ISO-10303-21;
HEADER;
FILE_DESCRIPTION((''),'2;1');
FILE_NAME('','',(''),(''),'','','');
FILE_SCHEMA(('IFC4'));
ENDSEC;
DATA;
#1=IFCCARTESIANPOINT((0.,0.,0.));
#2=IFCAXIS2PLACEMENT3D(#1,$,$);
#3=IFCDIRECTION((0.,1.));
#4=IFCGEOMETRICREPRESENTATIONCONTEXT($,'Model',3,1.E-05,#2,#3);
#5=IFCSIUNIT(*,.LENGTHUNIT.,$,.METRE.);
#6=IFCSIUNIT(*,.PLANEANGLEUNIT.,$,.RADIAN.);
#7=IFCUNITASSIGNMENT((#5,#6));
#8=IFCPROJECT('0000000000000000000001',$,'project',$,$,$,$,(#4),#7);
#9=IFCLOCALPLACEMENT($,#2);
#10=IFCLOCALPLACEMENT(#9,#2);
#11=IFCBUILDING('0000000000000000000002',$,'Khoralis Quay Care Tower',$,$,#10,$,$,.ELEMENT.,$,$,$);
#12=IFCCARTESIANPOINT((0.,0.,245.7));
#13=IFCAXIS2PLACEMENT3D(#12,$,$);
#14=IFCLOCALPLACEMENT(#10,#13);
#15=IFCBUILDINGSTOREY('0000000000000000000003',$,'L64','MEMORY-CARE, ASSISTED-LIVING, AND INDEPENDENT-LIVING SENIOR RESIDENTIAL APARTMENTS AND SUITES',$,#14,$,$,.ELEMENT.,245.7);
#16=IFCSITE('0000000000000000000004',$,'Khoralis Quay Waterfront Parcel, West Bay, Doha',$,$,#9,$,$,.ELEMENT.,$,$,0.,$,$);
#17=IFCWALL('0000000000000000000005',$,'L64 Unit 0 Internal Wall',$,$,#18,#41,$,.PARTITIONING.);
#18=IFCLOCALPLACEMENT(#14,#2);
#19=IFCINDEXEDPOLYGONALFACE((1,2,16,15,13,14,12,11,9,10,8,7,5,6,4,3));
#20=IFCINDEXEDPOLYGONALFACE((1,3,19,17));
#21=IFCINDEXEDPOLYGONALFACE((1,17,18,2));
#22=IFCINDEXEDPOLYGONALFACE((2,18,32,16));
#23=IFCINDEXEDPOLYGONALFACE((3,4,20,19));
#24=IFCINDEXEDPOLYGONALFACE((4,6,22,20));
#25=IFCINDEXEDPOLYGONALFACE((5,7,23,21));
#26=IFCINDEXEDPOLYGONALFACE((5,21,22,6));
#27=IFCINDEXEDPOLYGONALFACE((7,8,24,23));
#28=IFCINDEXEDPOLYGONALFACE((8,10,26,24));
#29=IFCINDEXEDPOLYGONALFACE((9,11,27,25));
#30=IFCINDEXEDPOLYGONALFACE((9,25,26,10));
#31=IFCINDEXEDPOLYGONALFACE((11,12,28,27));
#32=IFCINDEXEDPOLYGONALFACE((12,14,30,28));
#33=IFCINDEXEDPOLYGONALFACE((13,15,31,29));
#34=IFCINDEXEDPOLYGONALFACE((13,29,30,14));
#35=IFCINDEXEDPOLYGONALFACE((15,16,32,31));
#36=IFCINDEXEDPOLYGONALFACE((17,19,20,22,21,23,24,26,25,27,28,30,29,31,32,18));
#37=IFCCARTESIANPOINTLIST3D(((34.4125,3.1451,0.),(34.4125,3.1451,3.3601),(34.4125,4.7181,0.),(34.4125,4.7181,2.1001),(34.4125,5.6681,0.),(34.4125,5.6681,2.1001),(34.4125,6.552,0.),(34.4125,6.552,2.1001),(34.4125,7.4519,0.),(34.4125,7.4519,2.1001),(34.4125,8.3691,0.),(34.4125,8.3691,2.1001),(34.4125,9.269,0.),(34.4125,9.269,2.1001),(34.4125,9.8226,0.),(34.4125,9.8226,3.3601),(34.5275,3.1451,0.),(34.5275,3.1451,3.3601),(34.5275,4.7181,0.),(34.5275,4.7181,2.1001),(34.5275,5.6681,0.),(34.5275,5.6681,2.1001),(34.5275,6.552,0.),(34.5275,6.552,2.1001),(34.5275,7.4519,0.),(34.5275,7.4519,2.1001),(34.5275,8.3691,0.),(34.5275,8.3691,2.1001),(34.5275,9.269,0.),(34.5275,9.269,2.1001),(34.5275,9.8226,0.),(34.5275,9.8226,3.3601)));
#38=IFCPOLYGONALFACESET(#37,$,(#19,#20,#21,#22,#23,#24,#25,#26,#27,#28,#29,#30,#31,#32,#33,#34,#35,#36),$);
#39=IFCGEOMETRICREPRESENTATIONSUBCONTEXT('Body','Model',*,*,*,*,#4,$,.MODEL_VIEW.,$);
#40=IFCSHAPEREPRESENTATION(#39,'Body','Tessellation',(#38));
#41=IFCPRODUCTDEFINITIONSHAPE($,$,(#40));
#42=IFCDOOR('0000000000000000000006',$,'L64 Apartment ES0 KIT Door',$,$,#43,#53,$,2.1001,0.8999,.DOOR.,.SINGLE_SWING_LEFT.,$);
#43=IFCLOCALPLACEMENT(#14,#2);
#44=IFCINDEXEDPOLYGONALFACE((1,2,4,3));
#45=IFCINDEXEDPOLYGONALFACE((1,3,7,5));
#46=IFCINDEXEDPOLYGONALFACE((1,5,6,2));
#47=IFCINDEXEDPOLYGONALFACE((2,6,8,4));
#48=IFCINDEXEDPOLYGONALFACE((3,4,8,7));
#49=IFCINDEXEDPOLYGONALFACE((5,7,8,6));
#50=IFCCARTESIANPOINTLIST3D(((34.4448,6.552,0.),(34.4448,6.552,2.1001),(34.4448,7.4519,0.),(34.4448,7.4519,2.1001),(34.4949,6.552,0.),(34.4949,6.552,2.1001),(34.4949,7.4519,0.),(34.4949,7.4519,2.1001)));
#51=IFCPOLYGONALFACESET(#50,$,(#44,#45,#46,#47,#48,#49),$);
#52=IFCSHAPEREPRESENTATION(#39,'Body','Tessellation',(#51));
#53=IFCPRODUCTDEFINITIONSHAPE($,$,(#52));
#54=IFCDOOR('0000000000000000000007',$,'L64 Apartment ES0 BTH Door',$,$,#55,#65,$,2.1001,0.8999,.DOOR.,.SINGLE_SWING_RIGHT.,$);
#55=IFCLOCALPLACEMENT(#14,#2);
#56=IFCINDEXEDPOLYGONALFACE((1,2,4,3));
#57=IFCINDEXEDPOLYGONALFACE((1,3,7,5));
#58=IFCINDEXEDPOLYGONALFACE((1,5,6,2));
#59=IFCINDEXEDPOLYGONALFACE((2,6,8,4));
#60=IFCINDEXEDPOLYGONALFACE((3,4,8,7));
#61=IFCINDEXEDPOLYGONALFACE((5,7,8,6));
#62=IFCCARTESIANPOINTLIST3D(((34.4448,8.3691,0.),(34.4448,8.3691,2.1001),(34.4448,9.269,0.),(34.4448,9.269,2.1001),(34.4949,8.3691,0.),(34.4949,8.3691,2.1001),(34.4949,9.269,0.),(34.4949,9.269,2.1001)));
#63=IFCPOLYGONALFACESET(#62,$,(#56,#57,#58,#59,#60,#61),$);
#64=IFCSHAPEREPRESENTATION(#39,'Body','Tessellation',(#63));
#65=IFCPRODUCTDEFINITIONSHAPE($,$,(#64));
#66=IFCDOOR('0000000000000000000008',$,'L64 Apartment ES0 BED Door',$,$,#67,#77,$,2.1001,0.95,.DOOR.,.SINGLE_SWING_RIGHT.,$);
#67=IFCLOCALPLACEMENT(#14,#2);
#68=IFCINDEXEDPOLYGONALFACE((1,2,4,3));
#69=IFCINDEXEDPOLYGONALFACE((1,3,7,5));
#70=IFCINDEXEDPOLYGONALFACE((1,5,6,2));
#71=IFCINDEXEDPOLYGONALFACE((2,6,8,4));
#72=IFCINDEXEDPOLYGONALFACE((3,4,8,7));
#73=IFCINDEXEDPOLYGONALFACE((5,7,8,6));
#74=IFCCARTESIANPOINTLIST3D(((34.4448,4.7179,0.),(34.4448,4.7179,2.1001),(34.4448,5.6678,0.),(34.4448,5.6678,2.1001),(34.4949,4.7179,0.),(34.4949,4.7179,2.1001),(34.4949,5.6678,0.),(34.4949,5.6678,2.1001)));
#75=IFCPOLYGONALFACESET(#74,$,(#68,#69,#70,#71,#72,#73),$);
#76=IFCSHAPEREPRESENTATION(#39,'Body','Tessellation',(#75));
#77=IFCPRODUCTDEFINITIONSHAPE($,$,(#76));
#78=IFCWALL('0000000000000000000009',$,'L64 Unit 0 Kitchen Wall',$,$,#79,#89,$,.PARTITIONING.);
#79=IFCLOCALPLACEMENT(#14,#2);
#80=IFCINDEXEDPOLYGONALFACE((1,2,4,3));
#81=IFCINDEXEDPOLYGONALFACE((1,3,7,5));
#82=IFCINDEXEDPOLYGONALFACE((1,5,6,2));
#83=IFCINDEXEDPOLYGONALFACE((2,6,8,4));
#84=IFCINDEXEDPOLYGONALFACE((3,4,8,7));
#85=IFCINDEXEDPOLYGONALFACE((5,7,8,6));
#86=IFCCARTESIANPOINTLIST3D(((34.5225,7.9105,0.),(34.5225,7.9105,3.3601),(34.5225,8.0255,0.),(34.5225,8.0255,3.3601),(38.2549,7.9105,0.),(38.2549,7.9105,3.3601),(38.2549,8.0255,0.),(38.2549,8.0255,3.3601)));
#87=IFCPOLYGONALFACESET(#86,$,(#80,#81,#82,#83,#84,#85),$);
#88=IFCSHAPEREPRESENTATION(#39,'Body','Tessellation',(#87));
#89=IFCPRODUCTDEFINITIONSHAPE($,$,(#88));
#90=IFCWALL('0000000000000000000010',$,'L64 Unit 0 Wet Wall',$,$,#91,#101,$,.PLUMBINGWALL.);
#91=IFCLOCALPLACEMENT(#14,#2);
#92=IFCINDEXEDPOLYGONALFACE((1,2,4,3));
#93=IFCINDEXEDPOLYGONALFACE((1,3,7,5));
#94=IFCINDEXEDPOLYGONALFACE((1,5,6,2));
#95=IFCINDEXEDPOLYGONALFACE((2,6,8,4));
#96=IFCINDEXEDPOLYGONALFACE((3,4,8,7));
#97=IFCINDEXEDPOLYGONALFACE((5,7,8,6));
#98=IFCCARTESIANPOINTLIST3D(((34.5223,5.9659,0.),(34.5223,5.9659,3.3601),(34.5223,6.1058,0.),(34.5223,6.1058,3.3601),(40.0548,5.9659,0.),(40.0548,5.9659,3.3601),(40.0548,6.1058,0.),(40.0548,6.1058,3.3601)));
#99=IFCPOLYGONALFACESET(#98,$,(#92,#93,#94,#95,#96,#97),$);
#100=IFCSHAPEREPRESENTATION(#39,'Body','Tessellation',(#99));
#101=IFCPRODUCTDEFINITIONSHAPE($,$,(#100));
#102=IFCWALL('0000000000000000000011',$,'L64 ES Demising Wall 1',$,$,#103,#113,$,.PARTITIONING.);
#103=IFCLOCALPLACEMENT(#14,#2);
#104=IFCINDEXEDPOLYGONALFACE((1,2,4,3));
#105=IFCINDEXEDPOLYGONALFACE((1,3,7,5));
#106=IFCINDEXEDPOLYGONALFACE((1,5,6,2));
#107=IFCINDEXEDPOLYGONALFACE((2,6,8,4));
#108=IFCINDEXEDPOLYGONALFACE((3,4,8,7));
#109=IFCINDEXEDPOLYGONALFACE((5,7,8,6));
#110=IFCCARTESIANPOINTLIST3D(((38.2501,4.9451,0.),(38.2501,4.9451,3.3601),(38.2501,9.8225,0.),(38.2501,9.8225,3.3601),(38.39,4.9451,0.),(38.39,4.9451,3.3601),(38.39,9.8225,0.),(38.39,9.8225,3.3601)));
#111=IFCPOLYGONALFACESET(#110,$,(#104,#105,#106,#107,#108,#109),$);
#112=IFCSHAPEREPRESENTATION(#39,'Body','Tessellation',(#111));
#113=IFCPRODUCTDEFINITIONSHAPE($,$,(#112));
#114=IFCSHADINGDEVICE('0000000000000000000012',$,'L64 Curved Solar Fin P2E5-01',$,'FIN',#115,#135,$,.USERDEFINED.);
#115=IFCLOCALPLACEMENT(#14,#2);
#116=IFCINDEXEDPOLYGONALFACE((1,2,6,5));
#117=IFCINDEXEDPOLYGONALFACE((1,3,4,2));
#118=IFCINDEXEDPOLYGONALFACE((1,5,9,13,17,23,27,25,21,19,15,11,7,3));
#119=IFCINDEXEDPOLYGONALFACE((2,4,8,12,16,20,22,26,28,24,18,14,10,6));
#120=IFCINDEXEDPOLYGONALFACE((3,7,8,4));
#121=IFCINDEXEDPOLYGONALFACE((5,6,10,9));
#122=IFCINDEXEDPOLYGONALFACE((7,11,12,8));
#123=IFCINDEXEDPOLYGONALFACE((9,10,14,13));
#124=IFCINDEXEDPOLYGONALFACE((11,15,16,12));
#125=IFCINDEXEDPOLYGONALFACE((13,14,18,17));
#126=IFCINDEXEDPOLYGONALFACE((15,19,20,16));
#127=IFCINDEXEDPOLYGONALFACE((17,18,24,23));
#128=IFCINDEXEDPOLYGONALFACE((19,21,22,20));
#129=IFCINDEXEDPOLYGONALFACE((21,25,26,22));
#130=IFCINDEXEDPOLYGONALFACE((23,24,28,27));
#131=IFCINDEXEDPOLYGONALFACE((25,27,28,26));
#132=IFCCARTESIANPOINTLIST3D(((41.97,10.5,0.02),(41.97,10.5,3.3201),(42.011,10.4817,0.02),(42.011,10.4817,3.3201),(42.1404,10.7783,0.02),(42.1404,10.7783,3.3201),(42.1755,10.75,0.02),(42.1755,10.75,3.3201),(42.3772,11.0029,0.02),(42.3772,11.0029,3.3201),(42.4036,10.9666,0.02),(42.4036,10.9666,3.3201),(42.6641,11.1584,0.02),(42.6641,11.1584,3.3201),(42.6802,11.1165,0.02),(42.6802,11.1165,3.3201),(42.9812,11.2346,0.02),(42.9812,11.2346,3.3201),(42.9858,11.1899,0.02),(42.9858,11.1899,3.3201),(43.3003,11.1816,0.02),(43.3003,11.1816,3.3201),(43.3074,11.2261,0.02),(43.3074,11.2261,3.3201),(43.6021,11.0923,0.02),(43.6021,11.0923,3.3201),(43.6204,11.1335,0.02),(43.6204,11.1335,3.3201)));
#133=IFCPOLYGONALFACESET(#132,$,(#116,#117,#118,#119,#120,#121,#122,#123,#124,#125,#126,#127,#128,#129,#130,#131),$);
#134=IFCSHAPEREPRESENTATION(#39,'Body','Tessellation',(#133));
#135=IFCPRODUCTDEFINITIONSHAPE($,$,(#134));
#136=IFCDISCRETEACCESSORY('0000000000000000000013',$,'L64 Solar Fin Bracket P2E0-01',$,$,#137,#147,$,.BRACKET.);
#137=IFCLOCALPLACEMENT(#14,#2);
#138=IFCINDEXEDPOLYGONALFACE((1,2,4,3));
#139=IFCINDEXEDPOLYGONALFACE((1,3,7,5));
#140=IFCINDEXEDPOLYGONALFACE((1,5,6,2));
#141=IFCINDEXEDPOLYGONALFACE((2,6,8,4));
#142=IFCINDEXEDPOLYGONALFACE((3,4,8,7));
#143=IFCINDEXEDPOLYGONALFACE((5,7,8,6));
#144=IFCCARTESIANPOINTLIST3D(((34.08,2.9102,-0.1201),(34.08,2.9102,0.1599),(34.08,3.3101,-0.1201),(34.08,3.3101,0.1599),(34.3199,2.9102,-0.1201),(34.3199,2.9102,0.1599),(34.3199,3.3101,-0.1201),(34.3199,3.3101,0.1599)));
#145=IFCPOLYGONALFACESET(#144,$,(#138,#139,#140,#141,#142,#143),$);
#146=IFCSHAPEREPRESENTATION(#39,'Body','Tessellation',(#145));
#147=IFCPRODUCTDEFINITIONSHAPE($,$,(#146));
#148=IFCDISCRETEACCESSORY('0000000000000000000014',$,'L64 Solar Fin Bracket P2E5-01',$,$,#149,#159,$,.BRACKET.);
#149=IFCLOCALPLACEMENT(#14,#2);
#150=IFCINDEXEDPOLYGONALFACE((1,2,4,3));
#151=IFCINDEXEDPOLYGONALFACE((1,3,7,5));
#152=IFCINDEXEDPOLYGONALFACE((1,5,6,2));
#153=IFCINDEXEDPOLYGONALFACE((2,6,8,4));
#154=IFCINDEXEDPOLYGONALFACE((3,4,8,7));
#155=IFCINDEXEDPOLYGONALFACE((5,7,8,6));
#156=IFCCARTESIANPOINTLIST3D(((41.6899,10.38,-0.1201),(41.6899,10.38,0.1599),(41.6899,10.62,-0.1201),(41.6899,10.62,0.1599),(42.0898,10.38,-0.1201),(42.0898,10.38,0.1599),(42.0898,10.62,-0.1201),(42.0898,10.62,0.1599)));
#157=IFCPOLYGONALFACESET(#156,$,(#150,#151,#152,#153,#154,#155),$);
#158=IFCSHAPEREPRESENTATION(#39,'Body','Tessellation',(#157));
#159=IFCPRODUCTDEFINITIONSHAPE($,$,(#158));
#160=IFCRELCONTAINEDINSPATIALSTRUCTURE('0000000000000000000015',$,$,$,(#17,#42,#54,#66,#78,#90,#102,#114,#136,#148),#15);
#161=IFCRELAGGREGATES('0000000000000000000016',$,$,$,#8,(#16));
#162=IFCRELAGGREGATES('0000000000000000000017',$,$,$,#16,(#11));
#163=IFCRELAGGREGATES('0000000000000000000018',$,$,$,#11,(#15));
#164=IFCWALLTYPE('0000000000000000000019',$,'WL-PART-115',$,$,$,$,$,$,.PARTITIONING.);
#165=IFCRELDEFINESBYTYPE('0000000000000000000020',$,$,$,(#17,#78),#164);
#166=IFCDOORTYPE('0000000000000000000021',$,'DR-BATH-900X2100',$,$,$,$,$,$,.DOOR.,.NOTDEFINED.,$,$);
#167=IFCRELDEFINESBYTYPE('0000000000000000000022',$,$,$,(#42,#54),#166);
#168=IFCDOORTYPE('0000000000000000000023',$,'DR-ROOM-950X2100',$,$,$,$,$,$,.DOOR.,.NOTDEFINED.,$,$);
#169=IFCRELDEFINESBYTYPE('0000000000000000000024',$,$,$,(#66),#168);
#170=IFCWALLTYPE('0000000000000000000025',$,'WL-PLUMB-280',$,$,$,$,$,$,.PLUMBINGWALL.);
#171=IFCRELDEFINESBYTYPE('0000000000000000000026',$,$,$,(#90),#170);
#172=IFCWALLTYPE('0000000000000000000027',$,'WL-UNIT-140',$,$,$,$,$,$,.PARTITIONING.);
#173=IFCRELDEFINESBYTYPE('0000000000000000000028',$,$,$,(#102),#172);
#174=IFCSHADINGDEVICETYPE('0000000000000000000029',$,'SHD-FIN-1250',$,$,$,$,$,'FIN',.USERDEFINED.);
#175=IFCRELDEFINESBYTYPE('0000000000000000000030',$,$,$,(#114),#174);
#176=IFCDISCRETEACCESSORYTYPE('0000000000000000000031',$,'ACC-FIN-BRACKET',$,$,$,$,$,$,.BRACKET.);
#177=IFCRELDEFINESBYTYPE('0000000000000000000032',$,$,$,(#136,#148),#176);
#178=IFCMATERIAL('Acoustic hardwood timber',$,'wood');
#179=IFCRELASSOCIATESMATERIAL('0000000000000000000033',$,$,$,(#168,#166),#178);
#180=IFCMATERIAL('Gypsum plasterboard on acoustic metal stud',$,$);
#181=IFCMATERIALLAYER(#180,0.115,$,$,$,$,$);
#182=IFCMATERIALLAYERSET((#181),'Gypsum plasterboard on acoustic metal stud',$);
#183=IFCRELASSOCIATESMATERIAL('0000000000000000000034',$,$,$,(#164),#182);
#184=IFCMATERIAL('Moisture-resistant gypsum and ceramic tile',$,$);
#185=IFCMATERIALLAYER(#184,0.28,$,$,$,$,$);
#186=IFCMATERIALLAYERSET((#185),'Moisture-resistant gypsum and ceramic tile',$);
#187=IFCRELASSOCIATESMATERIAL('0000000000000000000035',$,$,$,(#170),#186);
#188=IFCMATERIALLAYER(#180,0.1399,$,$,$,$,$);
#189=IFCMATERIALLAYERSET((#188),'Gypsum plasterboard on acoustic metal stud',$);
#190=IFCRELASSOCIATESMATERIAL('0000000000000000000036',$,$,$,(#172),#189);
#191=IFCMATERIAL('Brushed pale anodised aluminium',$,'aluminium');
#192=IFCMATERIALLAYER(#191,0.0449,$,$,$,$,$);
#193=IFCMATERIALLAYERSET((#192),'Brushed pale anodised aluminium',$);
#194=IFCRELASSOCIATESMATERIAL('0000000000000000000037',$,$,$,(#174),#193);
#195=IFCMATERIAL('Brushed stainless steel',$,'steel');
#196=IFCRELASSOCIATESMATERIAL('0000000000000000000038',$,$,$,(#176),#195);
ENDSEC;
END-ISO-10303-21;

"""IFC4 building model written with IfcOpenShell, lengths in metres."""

from ifc_helpers import new_model, si_unit, direction, frame, frame_2d, origin, origin_2d, place, context, subcontext, project, spatial, polyline, rectangle, outline, extrude, source, transform, mapped, material, layer, layer_set, type_object, element, fill, save


model = new_model("IFC4")

# Units and contexts
model_context = context("Model", 3, precision=1e-05, world=origin(), true_north=direction((0.0, 1.0)))
body_context = subcontext(model_context, "Body", "Model", "MODEL_VIEW")
ifc_project = project(units=[si_unit("LENGTHUNIT", "METRE"), si_unit("PLANEANGLEUNIT", "RADIAN")], contexts=[model_context])

# Site, building, storey
site_placement = place(None, origin())
site = spatial("IfcSite", under=ifc_project, at=site_placement, Name="Khoralis Quay Waterfront Parcel, West Bay, Doha", CompositionType="ELEMENT", RefElevation=0.0)
building_placement = place(site_placement, origin())
building = spatial("IfcBuilding", under=site, at=building_placement, Name="Khoralis Quay Care Tower", CompositionType="ELEMENT")
storey_placement = place(building_placement, frame((0.0, 0.0, 245.7)))
storey = spatial("IfcBuildingStorey", under=building, at=storey_placement, Name="L64", Description="MEMORY-CARE, ASSISTED-LIVING, AND INDEPENDENT-LIVING SENIOR RESIDENTIAL APARTMENTS AND SUITES", CompositionType="ELEMENT", Elevation=245.7)

# Shared definitions
ifc_material_1 = material(Name="Gypsum plasterboard on acoustic metal stud")

# Shared definitions
ifc_material_2 = material(Name="Acoustic hardwood timber", Category="wood")
door_type_1 = type_object("IfcDoorType", Name="DR-ROOM-950X2100", OperationType="NOTDEFINED", PredefinedType="DOOR", material=ifc_material_2)
shared_shape_1 = source(origin(), body_context, "Body", "SweptSolid", [
    extrude(rectangle(XDim=0.95, YDim=2.1001, at=frame_2d((0.4751, 1.05))), frame((0.0, 0.0249, 0.0), z_axis=(0.0, -1.0, 0.0), x_axis=(1.0, 0.0, 0.0)), (0.0, 0.0, 1.0), 0.05),
])

# Wall, openings, doors
ifc_layer_1 = layer(ifc_material_1, 0.115)
ifc_layer_set_1 = layer_set([ifc_layer_1], Name="Gypsum plasterboard on acoustic metal stud")
wall_type_1 = type_object("IfcWallType", Name="WL-PART-115", PredefinedType="PARTITIONING", material=ifc_layer_set_1)
wall_1_placement = place(storey_placement, frame((34.47, 3.145, 0.0), z_axis=(0.0, 0.0, 1.0), x_axis=(0.0, 1.0, 0.0)))
wall_1 = element("IfcWall", 1, at=wall_1_placement, inside=storey, type_object=wall_type_1, Name="L64 Unit 0 Internal Wall", PredefinedType="PARTITIONING", context=body_context, shape_type="SweptSolid", body=[
    extrude(rectangle(XDim=6.6775, YDim=0.115, at=frame_2d((3.3389, 0.0))), origin(), (0.0, 0.0, 1.0), 3.3601),
])
opening_1_placement = place(wall_1_placement, frame((1.573, 0.0, 0.0)))
opening_1 = element("IfcOpeningElement", 2, at=opening_1_placement, cuts=wall_1, PredefinedType="OPENING", context=body_context, shape_type="SweptSolid", body=[
    extrude(rectangle(XDim=0.95, YDim=2.1001, at=frame_2d((0.4751, 1.05))), frame((0.0, 0.0674, 0.0), z_axis=(0.0, -1.0, 0.0), x_axis=(1.0, 0.0, 0.0)), (0.0, 0.0, 1.0), 0.135),
])
opening_2_placement = place(wall_1_placement, frame((3.407, 0.0, 0.0)))
opening_2 = element("IfcOpeningElement", 3, at=opening_2_placement, cuts=wall_1, PredefinedType="OPENING", context=body_context, shape_type="SweptSolid", body=[
    extrude(rectangle(XDim=0.8999, YDim=2.1001, at=frame_2d((0.45, 1.05))), frame((0.0, 0.0674, 0.0), z_axis=(0.0, -1.0, 0.0), x_axis=(1.0, 0.0, 0.0)), (0.0, 0.0, 1.0), 0.135),
])
opening_3_placement = place(wall_1_placement, frame((5.2241, 0.0, 0.0)))
opening_3 = element("IfcOpeningElement", 4, at=opening_3_placement, cuts=wall_1, PredefinedType="OPENING", context=body_context, shape_type="SweptSolid", body=[
    extrude(rectangle(XDim=0.8999, YDim=2.1001, at=frame_2d((0.45, 1.05))), frame((0.0, 0.0674, 0.0), z_axis=(0.0, -1.0, 0.0), x_axis=(1.0, 0.0, 0.0)), (0.0, 0.0, 1.0), 0.135),
])
door_type_2 = type_object("IfcDoorType", Name="DR-BATH-900X2100", OperationType="NOTDEFINED", PredefinedType="DOOR", material=ifc_material_2)
shared_shape_2 = source(origin(), body_context, "Body", "SweptSolid", [
    extrude(rectangle(XDim=0.8999, YDim=2.1001, at=frame_2d((0.45, 1.05))), frame((0.0, 0.0249, 0.0), z_axis=(0.0, -1.0, 0.0), x_axis=(1.0, 0.0, 0.0)), (0.0, 0.0, 1.0), 0.05),
])
door_1_placement = place(opening_2_placement, frame((0.8999, 0.0, 0.0), z_axis=(0.0, 0.0, 1.0), x_axis=(-1.0, 0.0, 0.0)))
door_1 = element("IfcDoor", 5, at=door_1_placement, inside=storey, type_object=door_type_2, Name="L64 Apartment ES0 KIT Door", OperationType="SINGLE_SWING_LEFT", OverallHeight=2.1001, OverallWidth=0.8999, PredefinedType="DOOR", context=body_context, shape_type="MappedRepresentation", body=[
    mapped(shared_shape_2, transform((0.0, 0.0, 0.0), scale=1.0)),
])
fill(opening_2, door_1)
door_2_placement = place(opening_3_placement, frame((0.8999, 0.0, 0.0), z_axis=(0.0, 0.0, 1.0), x_axis=(-1.0, 0.0, 0.0)))
door_2 = element("IfcDoor", 6, at=door_2_placement, inside=storey, type_object=door_type_2, Name="L64 Apartment ES0 BTH Door", OperationType="SINGLE_SWING_RIGHT", OverallHeight=2.1001, OverallWidth=0.8999, PredefinedType="DOOR", context=body_context, shape_type="MappedRepresentation", body=[
    mapped(shared_shape_2, transform((0.0, 0.0, 0.0), scale=1.0)),
])
fill(opening_3, door_2)
door_3_placement = place(opening_1_placement, frame((0.95, 0.0, 0.0), z_axis=(0.0, 0.0, 1.0), x_axis=(-1.0, 0.0, 0.0)))
door_3 = element("IfcDoor", 7, at=door_3_placement, inside=storey, type_object=door_type_1, Name="L64 Apartment ES0 BED Door", OperationType="SINGLE_SWING_RIGHT", OverallHeight=2.1001, OverallWidth=0.95, PredefinedType="DOOR", context=body_context, shape_type="MappedRepresentation", body=[
    mapped(shared_shape_1, transform((0.0, 0.0, 0.0), scale=1.0)),
])
fill(opening_1, door_3)

# Walls
wall_2_placement = place(storey_placement, frame((34.5225, 7.968, 0.0), z_axis=(0.0, 0.0, 1.0), x_axis=(1.0, 0.0, 0.0)))
element("IfcWall", 8, at=wall_2_placement, inside=storey, type_object=wall_type_1, Name="L64 Unit 0 Kitchen Wall", PredefinedType="PARTITIONING", context=body_context, shape_type="SweptSolid", body=[
    extrude(rectangle(XDim=3.7324, YDim=0.115, at=frame_2d((1.8662, 0.0))), origin(), (0.0, 0.0, 1.0), 3.3601),
])
ifc_material_3 = material(Name="Moisture-resistant gypsum and ceramic tile")
ifc_layer_2 = layer(ifc_material_3, 0.28)
ifc_layer_set_2 = layer_set([ifc_layer_2], Name="Moisture-resistant gypsum and ceramic tile")
wall_type_2 = type_object("IfcWallType", Name="WL-PLUMB-280", PredefinedType="PLUMBINGWALL", material=ifc_layer_set_2)
wall_3_placement = place(storey_placement, frame((34.5225, 6.0359, 0.0), z_axis=(0.0, 0.0, 1.0), x_axis=(1.0, 0.0, 0.0)))
element("IfcWall", 9, at=wall_3_placement, inside=storey, type_object=wall_type_2, Name="L64 Unit 0 Wet Wall", PredefinedType="PLUMBINGWALL", context=body_context, shape_type="SweptSolid", body=[
    extrude(rectangle(XDim=5.5325, YDim=0.1399, at=frame_2d((2.7661, 0.0))), origin(), (0.0, 0.0, 1.0), 3.3601),
])
ifc_layer_3 = layer(ifc_material_1, 0.1399)
ifc_layer_set_3 = layer_set([ifc_layer_3], Name="Gypsum plasterboard on acoustic metal stud")
wall_type_3 = type_object("IfcWallType", Name="WL-UNIT-140", PredefinedType="PARTITIONING", material=ifc_layer_set_3)
wall_4_placement = place(storey_placement, frame((38.3201, 4.9451, 0.0), z_axis=(0.0, 0.0, 1.0), x_axis=(0.0, 1.0, 0.0)))
element("IfcWall", 10, at=wall_4_placement, inside=storey, type_object=wall_type_3, Name="L64 ES Demising Wall 1", PredefinedType="PARTITIONING", context=body_context, shape_type="SweptSolid", body=[
    extrude(rectangle(XDim=4.8774, YDim=0.1399, at=frame_2d((2.4387, 0.0))), origin(), (0.0, 0.0, 1.0), 3.3601),
])

# Shading device
ifc_material_4 = material(Name="Brushed pale anodised aluminium", Category="aluminium")
ifc_layer_4 = layer(ifc_material_4, 0.0449)
ifc_layer_set_4 = layer_set([ifc_layer_4], Name="Brushed pale anodised aluminium")
shading_device_type = type_object("IfcShadingDeviceType", Name="SHD-FIN-1250", ElementType="FIN", PredefinedType="USERDEFINED", material=ifc_layer_set_4)
shared_shape_3 = source(origin(), body_context, "Body", "SweptSolid", [
    extrude(outline(polyline([(0.0, 0.0), (0.1704, 0.2783), (0.4072, 0.5029), (0.6941, 0.6584), (1.0112, 0.7346), (1.3374, 0.7261), (1.6504, 0.6335), (1.6321, 0.5923), (1.3303, 0.6816), (1.0159, 0.6899), (0.7102, 0.6165), (0.4336, 0.4666), (0.2056, 0.25), (0.041, -0.0183), (0.0, 0.0)])), origin(), (0.0, 0.0, 1.0), 3.3),
])
shading_device_placement = place(storey_placement, frame((41.97, 10.5, 0.02), z_axis=(0.0, 0.0, 1.0), x_axis=(1.0, 0.0, 0.0)))
element("IfcShadingDevice", 11, at=shading_device_placement, inside=storey, type_object=shading_device_type, Name="L64 Curved Solar Fin P2E5-01", ObjectType="FIN", PredefinedType="USERDEFINED", context=body_context, shape_type="MappedRepresentation", body=[
    mapped(shared_shape_3, transform((0.0, 0.0, 0.0), scale=1.0)),
])

# Discrete accessories
ifc_material_5 = material(Name="Brushed stainless steel", Category="steel")
discrete_accessory_type = type_object("IfcDiscreteAccessoryType", Name="ACC-FIN-BRACKET", PredefinedType="BRACKET", material=ifc_material_5)
shared_shape_4 = source(origin(), body_context, "Body", "SweptSolid", [
    extrude(rectangle(XDim=0.3999, YDim=0.24, at=origin_2d()), origin(), (0.0, 0.0, 1.0), 0.28),
])
for number, where, z_axis, x_axis, name in (
    (12, (34.2, 3.1101, -0.1201), (0.0, 0.0, 1.0), (0.0, -1.0, 0.0), "L64 Solar Fin Bracket P2E0-01"),
    (13, (41.8899, 10.5, -0.1201), (0.0, 0.0, 1.0), (1.0, 0.0, 0.0), "L64 Solar Fin Bracket P2E5-01"),
):
    element("IfcDiscreteAccessory", number, at=place(storey_placement, frame(where, z_axis=z_axis, x_axis=x_axis)), inside=storey, type_object=discrete_accessory_type, Name=name, PredefinedType="BRACKET", context=body_context, shape_type="MappedRepresentation", body=[
        mapped(shared_shape_4, transform((0.0, 0.0, 0.0), scale=1.0)),
    ])

save(model, "model.ifc")
